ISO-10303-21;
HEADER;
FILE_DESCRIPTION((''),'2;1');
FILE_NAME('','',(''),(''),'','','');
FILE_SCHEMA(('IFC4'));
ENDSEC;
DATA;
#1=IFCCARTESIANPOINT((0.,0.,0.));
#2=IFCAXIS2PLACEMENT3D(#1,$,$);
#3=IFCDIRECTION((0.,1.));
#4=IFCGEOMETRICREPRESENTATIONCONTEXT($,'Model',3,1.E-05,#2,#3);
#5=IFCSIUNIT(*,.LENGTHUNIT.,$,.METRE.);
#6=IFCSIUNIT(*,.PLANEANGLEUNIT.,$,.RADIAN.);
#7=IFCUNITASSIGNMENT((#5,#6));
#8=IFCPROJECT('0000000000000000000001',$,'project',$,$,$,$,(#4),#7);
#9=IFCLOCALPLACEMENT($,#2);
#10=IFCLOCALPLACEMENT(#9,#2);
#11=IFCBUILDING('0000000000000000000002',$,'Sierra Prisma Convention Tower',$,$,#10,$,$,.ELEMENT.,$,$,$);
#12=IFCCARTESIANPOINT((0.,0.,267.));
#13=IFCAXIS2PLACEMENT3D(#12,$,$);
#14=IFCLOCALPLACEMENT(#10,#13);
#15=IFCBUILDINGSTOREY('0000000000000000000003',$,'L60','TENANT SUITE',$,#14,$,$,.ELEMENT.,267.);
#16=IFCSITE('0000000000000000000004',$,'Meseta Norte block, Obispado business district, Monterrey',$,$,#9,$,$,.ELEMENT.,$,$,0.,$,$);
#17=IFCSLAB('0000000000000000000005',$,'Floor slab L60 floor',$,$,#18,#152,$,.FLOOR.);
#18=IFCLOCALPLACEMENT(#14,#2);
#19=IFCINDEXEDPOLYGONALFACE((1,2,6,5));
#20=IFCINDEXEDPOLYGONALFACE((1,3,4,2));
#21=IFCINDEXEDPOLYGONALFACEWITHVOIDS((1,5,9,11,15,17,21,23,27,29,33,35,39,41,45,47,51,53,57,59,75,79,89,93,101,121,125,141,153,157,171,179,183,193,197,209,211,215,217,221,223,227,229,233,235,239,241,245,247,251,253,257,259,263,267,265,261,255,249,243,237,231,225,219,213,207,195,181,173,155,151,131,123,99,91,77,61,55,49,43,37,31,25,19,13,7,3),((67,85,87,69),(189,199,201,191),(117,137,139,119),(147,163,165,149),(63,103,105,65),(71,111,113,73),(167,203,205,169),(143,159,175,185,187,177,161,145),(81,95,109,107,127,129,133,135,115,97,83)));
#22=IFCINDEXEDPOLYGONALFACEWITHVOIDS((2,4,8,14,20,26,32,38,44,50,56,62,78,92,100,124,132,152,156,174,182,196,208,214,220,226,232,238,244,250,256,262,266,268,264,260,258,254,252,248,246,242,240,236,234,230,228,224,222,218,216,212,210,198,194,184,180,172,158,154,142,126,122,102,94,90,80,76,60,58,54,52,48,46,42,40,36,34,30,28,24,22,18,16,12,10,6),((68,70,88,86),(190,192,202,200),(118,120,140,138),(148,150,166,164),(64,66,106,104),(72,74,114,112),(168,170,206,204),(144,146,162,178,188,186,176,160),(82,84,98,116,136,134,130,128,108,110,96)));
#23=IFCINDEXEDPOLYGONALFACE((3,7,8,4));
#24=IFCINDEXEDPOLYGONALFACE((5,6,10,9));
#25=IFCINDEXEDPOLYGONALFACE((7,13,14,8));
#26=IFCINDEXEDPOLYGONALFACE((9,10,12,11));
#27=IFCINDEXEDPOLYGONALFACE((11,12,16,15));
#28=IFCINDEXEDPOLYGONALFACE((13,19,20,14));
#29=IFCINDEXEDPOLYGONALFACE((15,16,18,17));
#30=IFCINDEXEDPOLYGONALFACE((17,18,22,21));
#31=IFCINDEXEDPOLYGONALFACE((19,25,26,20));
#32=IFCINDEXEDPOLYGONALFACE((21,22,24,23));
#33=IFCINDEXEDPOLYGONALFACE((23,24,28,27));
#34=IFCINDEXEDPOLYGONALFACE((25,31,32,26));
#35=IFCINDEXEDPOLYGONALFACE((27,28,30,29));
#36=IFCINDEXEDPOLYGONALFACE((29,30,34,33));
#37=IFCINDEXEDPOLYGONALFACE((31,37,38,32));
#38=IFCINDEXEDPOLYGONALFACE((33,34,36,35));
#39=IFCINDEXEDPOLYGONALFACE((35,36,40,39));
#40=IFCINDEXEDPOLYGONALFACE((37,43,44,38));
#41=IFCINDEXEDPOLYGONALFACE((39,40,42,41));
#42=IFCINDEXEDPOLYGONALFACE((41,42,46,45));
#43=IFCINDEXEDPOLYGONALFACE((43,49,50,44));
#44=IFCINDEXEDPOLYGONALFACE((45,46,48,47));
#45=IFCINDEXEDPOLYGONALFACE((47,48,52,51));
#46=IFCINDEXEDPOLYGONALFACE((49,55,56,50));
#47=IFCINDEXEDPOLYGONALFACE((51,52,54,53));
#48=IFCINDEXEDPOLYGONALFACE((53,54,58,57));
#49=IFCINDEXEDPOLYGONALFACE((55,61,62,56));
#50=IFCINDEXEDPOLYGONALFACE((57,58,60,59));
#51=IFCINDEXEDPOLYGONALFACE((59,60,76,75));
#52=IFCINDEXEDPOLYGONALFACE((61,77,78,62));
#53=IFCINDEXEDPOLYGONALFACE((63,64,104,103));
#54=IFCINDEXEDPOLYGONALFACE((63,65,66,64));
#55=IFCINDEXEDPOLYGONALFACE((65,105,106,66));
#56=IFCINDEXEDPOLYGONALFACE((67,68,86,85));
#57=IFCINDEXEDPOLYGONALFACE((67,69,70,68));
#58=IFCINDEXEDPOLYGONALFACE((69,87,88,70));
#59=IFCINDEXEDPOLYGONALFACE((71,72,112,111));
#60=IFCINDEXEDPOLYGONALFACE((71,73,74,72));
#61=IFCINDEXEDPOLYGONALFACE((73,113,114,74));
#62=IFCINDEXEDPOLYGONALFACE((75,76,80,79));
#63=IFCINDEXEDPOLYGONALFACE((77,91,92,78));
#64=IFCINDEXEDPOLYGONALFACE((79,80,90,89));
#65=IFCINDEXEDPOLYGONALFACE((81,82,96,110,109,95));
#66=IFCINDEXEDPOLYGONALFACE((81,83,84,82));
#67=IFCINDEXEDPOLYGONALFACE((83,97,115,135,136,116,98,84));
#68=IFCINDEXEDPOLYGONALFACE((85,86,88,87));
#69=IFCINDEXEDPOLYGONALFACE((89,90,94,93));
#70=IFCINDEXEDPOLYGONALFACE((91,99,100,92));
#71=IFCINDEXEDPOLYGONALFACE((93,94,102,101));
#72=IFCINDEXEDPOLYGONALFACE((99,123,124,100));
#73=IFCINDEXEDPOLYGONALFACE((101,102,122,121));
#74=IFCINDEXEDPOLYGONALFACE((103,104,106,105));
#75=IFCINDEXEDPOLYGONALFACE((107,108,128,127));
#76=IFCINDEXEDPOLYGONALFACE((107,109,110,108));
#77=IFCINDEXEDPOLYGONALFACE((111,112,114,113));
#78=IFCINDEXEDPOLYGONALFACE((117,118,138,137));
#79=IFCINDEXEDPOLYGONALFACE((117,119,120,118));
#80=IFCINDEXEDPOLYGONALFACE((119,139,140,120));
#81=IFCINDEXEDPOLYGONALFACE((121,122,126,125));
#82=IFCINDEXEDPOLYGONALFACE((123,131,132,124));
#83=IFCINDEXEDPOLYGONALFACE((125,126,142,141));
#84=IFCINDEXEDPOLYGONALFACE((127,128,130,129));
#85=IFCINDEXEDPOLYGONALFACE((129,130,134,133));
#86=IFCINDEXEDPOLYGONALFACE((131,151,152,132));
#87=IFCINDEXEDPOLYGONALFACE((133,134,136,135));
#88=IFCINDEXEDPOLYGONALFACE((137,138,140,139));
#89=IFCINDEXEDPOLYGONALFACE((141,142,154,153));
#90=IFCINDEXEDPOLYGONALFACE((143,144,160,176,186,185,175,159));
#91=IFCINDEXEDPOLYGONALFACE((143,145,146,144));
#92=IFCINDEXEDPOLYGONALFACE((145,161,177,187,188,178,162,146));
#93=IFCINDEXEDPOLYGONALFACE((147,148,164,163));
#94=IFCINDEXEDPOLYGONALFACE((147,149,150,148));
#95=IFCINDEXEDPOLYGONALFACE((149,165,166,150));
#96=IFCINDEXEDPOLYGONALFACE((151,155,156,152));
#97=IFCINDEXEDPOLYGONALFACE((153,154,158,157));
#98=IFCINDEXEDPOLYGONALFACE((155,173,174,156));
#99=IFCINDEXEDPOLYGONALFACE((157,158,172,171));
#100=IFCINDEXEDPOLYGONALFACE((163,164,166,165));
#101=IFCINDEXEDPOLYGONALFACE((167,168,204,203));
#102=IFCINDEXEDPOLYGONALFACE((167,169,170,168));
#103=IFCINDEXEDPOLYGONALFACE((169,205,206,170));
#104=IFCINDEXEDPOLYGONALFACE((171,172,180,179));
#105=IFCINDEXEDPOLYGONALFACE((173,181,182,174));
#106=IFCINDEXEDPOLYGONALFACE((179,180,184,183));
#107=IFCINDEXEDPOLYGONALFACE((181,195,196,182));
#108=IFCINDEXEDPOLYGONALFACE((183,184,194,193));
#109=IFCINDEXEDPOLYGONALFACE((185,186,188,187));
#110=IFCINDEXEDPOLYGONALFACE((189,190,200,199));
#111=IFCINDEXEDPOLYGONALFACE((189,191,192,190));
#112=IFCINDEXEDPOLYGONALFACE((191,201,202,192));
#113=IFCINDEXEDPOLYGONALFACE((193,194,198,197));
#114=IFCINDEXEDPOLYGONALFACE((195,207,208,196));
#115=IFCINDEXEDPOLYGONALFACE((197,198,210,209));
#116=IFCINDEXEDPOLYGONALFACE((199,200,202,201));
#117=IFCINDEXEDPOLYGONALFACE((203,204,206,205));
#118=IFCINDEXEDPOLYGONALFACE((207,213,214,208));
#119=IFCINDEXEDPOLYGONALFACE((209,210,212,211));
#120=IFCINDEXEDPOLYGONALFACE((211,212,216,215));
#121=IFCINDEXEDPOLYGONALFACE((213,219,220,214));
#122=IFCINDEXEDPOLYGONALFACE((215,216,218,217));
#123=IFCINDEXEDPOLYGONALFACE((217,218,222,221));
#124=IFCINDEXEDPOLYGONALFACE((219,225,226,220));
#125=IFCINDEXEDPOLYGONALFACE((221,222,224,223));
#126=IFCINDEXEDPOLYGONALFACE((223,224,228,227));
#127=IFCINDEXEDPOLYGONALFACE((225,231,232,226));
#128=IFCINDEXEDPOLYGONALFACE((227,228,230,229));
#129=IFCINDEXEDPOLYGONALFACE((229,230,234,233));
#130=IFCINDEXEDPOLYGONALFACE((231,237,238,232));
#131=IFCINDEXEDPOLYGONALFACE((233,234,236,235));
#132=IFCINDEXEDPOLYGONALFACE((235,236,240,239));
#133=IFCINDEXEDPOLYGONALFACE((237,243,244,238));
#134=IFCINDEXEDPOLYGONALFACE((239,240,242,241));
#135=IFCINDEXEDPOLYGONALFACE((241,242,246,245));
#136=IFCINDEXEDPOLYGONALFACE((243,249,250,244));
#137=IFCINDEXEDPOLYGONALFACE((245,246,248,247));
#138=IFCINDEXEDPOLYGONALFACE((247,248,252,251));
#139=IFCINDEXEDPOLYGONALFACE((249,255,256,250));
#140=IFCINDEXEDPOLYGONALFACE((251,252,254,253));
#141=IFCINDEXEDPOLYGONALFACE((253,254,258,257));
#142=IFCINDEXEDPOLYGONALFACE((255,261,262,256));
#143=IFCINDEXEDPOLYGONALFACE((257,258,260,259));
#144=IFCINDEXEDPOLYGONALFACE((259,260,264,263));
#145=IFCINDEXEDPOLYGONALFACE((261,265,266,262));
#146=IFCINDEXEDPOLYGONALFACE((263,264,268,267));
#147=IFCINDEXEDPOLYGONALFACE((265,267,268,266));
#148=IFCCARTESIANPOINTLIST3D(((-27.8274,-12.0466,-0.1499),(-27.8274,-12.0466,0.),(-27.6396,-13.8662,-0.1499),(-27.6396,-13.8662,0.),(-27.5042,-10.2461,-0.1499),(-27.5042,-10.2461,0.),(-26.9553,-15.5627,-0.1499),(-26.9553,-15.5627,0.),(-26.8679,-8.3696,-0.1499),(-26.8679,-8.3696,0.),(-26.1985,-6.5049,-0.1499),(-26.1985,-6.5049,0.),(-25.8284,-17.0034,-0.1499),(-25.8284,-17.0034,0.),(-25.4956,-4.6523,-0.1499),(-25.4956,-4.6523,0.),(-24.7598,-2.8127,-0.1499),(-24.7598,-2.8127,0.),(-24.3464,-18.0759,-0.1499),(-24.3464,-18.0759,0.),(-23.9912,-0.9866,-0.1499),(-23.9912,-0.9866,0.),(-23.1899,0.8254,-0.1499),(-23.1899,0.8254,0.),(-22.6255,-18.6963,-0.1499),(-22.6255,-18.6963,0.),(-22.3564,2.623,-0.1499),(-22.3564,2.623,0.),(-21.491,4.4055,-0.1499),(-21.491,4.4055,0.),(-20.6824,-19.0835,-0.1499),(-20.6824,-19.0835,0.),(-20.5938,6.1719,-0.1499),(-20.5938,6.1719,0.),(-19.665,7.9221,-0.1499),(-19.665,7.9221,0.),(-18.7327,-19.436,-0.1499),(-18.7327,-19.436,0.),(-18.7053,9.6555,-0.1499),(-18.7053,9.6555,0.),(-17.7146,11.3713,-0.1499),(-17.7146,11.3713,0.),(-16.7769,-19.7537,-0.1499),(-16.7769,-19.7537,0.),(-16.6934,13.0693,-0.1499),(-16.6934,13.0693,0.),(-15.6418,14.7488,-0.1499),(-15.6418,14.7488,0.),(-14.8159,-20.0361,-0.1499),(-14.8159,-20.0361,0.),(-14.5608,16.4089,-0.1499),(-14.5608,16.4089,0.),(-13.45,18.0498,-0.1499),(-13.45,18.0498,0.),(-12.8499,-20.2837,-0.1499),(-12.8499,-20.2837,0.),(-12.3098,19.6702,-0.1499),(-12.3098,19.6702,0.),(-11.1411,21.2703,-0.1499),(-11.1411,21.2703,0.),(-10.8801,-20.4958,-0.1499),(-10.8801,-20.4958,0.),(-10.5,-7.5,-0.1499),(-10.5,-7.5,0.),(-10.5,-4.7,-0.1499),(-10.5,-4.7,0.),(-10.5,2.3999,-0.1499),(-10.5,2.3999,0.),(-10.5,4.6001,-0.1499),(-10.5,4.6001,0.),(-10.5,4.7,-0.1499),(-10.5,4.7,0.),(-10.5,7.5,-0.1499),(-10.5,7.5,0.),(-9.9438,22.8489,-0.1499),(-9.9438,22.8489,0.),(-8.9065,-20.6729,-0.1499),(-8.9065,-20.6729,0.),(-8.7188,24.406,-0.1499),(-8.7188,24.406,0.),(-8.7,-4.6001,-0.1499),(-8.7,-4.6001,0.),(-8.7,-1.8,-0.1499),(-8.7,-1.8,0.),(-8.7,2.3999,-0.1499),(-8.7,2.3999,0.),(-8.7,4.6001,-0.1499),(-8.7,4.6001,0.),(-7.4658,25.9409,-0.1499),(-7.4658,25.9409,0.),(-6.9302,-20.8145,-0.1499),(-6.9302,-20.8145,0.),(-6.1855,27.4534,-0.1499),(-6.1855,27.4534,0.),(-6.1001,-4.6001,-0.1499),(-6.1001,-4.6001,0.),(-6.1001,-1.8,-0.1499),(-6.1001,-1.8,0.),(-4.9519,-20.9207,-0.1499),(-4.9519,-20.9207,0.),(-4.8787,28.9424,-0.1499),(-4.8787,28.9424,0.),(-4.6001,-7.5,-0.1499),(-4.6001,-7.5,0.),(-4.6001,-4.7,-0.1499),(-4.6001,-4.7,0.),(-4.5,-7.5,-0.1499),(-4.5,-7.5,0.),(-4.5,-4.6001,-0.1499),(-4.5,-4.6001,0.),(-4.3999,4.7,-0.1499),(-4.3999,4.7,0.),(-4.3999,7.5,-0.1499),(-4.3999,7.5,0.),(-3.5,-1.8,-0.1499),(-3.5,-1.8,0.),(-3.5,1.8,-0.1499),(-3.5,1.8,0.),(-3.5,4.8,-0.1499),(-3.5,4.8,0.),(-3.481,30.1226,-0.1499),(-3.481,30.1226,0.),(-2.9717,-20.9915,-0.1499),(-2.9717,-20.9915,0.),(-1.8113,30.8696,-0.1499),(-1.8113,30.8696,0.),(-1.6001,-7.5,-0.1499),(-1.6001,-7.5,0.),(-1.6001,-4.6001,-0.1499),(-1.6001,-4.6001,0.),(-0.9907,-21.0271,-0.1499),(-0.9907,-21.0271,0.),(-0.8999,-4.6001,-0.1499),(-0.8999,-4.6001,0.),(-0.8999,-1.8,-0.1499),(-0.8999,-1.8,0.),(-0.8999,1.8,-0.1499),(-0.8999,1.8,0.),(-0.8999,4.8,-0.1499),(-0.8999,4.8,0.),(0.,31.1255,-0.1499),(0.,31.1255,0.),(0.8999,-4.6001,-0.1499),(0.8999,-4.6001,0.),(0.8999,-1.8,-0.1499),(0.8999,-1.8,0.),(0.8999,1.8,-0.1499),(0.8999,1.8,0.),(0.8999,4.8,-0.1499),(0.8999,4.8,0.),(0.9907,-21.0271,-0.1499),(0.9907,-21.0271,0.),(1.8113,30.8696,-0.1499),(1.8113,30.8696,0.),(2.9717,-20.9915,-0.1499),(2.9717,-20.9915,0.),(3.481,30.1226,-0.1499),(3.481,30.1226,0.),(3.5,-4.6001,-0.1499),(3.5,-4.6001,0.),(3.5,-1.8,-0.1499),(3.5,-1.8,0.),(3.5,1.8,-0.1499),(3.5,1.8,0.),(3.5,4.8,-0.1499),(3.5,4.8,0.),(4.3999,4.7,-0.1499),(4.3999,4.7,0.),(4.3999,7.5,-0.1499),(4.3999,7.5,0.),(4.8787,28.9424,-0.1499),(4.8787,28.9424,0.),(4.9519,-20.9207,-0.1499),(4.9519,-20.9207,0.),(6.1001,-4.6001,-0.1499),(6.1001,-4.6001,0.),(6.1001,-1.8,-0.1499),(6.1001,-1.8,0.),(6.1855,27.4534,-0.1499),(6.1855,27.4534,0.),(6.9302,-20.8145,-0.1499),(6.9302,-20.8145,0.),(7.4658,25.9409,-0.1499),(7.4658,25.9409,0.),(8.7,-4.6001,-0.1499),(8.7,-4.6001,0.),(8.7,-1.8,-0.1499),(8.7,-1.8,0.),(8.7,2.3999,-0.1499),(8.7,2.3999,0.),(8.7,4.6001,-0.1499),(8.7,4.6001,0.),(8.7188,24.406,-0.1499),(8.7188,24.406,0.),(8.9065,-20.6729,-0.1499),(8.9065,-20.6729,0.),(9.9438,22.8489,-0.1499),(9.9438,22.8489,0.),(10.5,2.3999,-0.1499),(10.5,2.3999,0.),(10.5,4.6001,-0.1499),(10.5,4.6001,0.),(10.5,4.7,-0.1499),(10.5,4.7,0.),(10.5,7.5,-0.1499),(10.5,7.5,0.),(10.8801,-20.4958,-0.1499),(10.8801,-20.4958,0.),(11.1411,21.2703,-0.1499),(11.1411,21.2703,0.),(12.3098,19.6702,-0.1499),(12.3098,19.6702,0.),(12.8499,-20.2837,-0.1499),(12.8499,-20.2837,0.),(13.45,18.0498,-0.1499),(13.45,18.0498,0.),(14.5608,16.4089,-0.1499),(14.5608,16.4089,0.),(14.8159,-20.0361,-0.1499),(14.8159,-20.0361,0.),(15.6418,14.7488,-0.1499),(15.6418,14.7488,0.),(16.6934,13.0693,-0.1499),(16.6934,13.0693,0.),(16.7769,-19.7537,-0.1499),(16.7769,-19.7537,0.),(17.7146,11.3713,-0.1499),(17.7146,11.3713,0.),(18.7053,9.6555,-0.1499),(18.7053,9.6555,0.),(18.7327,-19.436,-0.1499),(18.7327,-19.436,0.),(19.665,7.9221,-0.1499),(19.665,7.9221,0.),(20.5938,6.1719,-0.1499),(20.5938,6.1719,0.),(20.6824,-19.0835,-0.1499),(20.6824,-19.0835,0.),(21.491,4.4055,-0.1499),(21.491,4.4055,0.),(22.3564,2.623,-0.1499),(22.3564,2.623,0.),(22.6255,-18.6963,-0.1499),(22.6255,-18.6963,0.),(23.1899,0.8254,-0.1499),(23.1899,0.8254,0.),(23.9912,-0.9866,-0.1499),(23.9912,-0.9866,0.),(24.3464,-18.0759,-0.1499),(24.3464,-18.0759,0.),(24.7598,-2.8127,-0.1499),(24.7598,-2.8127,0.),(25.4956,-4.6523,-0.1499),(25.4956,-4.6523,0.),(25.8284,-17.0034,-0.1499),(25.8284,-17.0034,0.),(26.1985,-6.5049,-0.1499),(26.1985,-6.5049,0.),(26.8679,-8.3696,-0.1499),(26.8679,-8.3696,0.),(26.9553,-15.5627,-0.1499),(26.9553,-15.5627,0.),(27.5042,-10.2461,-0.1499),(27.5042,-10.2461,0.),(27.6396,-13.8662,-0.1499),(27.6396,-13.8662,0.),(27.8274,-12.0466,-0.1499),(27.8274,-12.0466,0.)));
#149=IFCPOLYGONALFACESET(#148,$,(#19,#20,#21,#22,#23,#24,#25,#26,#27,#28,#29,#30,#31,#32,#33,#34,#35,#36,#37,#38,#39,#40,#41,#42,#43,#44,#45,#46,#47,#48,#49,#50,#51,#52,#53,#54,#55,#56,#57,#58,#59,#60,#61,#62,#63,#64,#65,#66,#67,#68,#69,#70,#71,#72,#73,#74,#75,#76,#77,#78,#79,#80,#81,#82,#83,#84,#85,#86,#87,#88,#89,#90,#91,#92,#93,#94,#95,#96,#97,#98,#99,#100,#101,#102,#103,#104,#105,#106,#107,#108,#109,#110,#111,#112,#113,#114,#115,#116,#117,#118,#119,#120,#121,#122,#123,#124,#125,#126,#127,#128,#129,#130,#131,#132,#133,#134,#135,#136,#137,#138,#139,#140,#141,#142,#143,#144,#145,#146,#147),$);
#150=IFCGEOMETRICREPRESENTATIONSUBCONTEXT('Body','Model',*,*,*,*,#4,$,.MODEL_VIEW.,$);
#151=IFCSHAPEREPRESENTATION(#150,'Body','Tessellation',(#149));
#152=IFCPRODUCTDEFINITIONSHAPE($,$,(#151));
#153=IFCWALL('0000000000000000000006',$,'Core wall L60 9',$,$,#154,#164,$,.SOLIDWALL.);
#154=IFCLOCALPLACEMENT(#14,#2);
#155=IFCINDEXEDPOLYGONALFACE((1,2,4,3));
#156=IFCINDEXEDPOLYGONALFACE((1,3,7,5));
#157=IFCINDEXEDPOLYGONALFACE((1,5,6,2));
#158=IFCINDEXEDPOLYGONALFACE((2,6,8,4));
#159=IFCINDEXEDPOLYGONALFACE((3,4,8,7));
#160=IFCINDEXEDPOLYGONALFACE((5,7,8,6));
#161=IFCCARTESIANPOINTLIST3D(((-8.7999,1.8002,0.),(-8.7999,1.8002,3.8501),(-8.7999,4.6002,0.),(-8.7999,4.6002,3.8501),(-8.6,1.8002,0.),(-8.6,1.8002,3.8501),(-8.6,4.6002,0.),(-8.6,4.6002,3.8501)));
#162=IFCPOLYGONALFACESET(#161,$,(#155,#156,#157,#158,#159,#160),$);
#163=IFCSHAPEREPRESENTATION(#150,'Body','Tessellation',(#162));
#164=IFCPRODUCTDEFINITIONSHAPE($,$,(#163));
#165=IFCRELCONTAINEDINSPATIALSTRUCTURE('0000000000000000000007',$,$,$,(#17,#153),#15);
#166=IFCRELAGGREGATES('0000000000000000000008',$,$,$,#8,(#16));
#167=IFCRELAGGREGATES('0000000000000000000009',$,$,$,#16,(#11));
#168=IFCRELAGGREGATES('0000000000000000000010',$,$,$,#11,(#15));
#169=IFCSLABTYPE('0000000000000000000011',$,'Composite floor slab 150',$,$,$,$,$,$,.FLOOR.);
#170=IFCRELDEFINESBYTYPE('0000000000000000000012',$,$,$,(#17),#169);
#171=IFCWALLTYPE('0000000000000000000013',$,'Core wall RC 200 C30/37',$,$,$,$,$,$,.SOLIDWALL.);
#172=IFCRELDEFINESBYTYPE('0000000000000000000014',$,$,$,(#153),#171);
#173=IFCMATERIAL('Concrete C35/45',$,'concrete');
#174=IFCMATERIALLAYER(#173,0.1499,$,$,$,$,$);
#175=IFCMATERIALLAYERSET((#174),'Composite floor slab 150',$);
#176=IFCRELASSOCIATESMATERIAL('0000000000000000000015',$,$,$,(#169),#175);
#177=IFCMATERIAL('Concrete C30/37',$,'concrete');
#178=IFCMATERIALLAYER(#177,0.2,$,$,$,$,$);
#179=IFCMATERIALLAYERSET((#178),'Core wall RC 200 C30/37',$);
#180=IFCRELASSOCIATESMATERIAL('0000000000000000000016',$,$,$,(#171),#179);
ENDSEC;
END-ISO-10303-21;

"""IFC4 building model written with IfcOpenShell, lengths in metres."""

from ifc_helpers import new_model, si_unit, direction, frame, frame_2d, origin, place, context, subcontext, project, spatial, polyline, rectangle, outline, extrude, material, layer, layer_set, type_object, element, save


model = new_model("IFC4")

# Units and contexts
model_context = context("Model", 3, precision=1e-05, world=origin(), true_north=direction((0.0, 1.0)))
body_context = subcontext(model_context, "Body", "Model", "MODEL_VIEW")
ifc_project = project(units=[si_unit("LENGTHUNIT", "METRE"), si_unit("PLANEANGLEUNIT", "RADIAN")], contexts=[model_context])

# Site, building, storey
site_placement = place(None, origin())
site = spatial("IfcSite", under=ifc_project, at=site_placement, Name="Meseta Norte block, Obispado business district, Monterrey", CompositionType="ELEMENT", RefElevation=0.0)
building_placement = place(site_placement, origin())
building = spatial("IfcBuilding", under=site, at=building_placement, Name="Sierra Prisma Convention Tower", CompositionType="ELEMENT")
storey_placement = place(building_placement, frame((0.0, 0.0, 267.0)))
storey = spatial("IfcBuildingStorey", under=building, at=storey_placement, Name="L60", Description="TENANT SUITE", CompositionType="ELEMENT", Elevation=267.0)

# Slab
ifc_material_1 = material(Name="Concrete C35/45", Category="concrete")
ifc_layer_1 = layer(ifc_material_1, 0.1499)
ifc_layer_set_1 = layer_set([ifc_layer_1], Name="Composite floor slab 150")
slab_type = type_object("IfcSlabType", Name="Composite floor slab 150", PredefinedType="FLOOR", material=ifc_layer_set_1)
slab_placement = place(storey_placement, frame((0.0, 0.0, -0.1499)))
element("IfcSlab", 1, at=slab_placement, inside=storey, type_object=slab_type, Name="Floor slab L60 floor", PredefinedType="FLOOR", context=body_context, shape_type="SweptSolid", body=[
    extrude(outline(polyline([(-22.6255, -18.6963), (-20.6824, -19.0835), (-18.7327, -19.436), (-16.7769, -19.7537), (-14.8159, -20.0361), (-12.8499, -20.2837), (-10.8801, -20.4958), (-8.9065, -20.6729), (-6.9302, -20.8145), (-4.9519, -20.9207), (-2.9717, -20.9915), (-0.9907, -21.0271), (0.9907, -21.0271), (2.9717, -20.9915), (4.9519, -20.9207), (6.9302, -20.8145), (8.9065, -20.6729), (10.8801, -20.4958), (12.8499, -20.2837), (14.8159, -20.0361), (16.7769, -19.7537), (18.7327, -19.436), (20.6824, -19.0835), (22.6255, -18.6963), (24.3464, -18.0759), (25.8284, -17.0034), (26.9553, -15.5627), (27.6396, -13.8662), (27.8274, -12.0466), (27.5042, -10.2461), (26.8679, -8.3696), (26.1985, -6.5049), (25.4956, -4.6523), (24.7598, -2.8127), (23.9912, -0.9866), (23.1899, 0.8254), (22.3564, 2.623), (21.491, 4.4055), (20.5938, 6.1719), (19.665, 7.9221), (18.7053, 9.6555), (17.7146, 11.3713), (16.6934, 13.0693), (15.6418, 14.7488), (14.5608, 16.4089), (13.45, 18.0498), (12.3098, 19.6702), (11.1411, 21.2703), (9.9438, 22.8489), (8.7188, 24.406), (7.4658, 25.9409), (6.1855, 27.4534), (4.8787, 28.9424), (3.481, 30.1226), (1.8113, 30.8696), (0.0, 31.1255), (-1.8113, 30.8696), (-3.481, 30.1226), (-4.8787, 28.9424), (-6.1855, 27.4534), (-7.4658, 25.9409), (-8.7188, 24.406), (-9.9438, 22.8489), (-11.1411, 21.2703), (-12.3098, 19.6702), (-13.45, 18.0498), (-14.5608, 16.4089), (-15.6418, 14.7488), (-16.6934, 13.0693), (-17.7146, 11.3713), (-18.7053, 9.6555), (-19.665, 7.9221), (-20.5938, 6.1719), (-21.491, 4.4055), (-22.3564, 2.623), (-23.1899, 0.8254), (-23.9912, -0.9866), (-24.7598, -2.8127), (-25.4956, -4.6523), (-26.1985, -6.5049), (-26.8679, -8.3696), (-27.5042, -10.2461), (-27.8274, -12.0466), (-27.6396, -13.8662), (-26.9553, -15.5627), (-25.8284, -17.0034), (-24.3464, -18.0759), (-22.6255, -18.6963)]), holes=[polyline([(-4.6001, -4.7), (-4.6001, -7.5), (-10.5, -7.5), (-10.5, -4.7), (-4.6001, -4.7)]), polyline([(-4.5, -7.5), (-4.5, -4.6001), (-6.1001, -4.6001), (-8.7, -4.6001), (-8.7, -1.8), (-6.1001, -1.8), (-3.5, -1.8), (-0.8999, -1.8), (-0.8999, -4.6001), (-1.6001, -4.6001), (-1.6001, -7.5), (-4.5, -7.5)]), polyline([(-8.7, 2.3999), (-10.5, 2.3999), (-10.5, 4.6001), (-8.7, 4.6001), (-8.7, 2.3999)]), polyline([(-4.3999, 4.7), (-10.5, 4.7), (-10.5, 7.5), (-4.3999, 7.5), (-4.3999, 4.7)]), polyline([(3.5, -1.8), (6.1001, -1.8), (8.7, -1.8), (8.7, -4.6001), (6.1001, -4.6001), (3.5, -4.6001), (0.8999, -4.6001), (0.8999, -1.8), (3.5, -1.8)]), polyline([(-0.8999, 1.8), (-3.5, 1.8), (-3.5, 4.8), (-0.8999, 4.8), (-0.8999, 1.8)]), polyline([(3.5, 1.8), (0.8999, 1.8), (0.8999, 4.8), (3.5, 4.8), (3.5, 1.8)]), polyline([(10.5, 2.3999), (8.7, 2.3999), (8.7, 4.6001), (10.5, 4.6001), (10.5, 2.3999)]), polyline([(10.5, 4.7), (4.3999, 4.7), (4.3999, 7.5), (10.5, 7.5), (10.5, 4.7)])]), origin(), (0.0, 0.0, 1.0), 0.1499),
])

# Wall
ifc_material_2 = material(Name="Concrete C30/37", Category="concrete")
ifc_layer_2 = layer(ifc_material_2, 0.2)
ifc_layer_set_2 = layer_set([ifc_layer_2], Name="Core wall RC 200 C30/37")
wall_type = type_object("IfcWallType", Name="Core wall RC 200 C30/37", PredefinedType="SOLIDWALL", material=ifc_layer_set_2)
wall_1_placement = place(storey_placement, frame((-8.7, 4.6001, 0.0), z_axis=(0.0, 0.0, 1.0), x_axis=(0.0, -1.0, 0.0)))
element("IfcWall", 2, at=wall_1_placement, inside=storey, type_object=wall_type, Name="Core wall L60 9", PredefinedType="SOLIDWALL", context=body_context, shape_type="SweptSolid", body=[
    extrude(rectangle(XDim=2.8, YDim=0.2, at=frame_2d((1.3999, 0.0))), origin(), (0.0, 0.0, 1.0), 3.8501),
])

save(model, "model.ifc")
